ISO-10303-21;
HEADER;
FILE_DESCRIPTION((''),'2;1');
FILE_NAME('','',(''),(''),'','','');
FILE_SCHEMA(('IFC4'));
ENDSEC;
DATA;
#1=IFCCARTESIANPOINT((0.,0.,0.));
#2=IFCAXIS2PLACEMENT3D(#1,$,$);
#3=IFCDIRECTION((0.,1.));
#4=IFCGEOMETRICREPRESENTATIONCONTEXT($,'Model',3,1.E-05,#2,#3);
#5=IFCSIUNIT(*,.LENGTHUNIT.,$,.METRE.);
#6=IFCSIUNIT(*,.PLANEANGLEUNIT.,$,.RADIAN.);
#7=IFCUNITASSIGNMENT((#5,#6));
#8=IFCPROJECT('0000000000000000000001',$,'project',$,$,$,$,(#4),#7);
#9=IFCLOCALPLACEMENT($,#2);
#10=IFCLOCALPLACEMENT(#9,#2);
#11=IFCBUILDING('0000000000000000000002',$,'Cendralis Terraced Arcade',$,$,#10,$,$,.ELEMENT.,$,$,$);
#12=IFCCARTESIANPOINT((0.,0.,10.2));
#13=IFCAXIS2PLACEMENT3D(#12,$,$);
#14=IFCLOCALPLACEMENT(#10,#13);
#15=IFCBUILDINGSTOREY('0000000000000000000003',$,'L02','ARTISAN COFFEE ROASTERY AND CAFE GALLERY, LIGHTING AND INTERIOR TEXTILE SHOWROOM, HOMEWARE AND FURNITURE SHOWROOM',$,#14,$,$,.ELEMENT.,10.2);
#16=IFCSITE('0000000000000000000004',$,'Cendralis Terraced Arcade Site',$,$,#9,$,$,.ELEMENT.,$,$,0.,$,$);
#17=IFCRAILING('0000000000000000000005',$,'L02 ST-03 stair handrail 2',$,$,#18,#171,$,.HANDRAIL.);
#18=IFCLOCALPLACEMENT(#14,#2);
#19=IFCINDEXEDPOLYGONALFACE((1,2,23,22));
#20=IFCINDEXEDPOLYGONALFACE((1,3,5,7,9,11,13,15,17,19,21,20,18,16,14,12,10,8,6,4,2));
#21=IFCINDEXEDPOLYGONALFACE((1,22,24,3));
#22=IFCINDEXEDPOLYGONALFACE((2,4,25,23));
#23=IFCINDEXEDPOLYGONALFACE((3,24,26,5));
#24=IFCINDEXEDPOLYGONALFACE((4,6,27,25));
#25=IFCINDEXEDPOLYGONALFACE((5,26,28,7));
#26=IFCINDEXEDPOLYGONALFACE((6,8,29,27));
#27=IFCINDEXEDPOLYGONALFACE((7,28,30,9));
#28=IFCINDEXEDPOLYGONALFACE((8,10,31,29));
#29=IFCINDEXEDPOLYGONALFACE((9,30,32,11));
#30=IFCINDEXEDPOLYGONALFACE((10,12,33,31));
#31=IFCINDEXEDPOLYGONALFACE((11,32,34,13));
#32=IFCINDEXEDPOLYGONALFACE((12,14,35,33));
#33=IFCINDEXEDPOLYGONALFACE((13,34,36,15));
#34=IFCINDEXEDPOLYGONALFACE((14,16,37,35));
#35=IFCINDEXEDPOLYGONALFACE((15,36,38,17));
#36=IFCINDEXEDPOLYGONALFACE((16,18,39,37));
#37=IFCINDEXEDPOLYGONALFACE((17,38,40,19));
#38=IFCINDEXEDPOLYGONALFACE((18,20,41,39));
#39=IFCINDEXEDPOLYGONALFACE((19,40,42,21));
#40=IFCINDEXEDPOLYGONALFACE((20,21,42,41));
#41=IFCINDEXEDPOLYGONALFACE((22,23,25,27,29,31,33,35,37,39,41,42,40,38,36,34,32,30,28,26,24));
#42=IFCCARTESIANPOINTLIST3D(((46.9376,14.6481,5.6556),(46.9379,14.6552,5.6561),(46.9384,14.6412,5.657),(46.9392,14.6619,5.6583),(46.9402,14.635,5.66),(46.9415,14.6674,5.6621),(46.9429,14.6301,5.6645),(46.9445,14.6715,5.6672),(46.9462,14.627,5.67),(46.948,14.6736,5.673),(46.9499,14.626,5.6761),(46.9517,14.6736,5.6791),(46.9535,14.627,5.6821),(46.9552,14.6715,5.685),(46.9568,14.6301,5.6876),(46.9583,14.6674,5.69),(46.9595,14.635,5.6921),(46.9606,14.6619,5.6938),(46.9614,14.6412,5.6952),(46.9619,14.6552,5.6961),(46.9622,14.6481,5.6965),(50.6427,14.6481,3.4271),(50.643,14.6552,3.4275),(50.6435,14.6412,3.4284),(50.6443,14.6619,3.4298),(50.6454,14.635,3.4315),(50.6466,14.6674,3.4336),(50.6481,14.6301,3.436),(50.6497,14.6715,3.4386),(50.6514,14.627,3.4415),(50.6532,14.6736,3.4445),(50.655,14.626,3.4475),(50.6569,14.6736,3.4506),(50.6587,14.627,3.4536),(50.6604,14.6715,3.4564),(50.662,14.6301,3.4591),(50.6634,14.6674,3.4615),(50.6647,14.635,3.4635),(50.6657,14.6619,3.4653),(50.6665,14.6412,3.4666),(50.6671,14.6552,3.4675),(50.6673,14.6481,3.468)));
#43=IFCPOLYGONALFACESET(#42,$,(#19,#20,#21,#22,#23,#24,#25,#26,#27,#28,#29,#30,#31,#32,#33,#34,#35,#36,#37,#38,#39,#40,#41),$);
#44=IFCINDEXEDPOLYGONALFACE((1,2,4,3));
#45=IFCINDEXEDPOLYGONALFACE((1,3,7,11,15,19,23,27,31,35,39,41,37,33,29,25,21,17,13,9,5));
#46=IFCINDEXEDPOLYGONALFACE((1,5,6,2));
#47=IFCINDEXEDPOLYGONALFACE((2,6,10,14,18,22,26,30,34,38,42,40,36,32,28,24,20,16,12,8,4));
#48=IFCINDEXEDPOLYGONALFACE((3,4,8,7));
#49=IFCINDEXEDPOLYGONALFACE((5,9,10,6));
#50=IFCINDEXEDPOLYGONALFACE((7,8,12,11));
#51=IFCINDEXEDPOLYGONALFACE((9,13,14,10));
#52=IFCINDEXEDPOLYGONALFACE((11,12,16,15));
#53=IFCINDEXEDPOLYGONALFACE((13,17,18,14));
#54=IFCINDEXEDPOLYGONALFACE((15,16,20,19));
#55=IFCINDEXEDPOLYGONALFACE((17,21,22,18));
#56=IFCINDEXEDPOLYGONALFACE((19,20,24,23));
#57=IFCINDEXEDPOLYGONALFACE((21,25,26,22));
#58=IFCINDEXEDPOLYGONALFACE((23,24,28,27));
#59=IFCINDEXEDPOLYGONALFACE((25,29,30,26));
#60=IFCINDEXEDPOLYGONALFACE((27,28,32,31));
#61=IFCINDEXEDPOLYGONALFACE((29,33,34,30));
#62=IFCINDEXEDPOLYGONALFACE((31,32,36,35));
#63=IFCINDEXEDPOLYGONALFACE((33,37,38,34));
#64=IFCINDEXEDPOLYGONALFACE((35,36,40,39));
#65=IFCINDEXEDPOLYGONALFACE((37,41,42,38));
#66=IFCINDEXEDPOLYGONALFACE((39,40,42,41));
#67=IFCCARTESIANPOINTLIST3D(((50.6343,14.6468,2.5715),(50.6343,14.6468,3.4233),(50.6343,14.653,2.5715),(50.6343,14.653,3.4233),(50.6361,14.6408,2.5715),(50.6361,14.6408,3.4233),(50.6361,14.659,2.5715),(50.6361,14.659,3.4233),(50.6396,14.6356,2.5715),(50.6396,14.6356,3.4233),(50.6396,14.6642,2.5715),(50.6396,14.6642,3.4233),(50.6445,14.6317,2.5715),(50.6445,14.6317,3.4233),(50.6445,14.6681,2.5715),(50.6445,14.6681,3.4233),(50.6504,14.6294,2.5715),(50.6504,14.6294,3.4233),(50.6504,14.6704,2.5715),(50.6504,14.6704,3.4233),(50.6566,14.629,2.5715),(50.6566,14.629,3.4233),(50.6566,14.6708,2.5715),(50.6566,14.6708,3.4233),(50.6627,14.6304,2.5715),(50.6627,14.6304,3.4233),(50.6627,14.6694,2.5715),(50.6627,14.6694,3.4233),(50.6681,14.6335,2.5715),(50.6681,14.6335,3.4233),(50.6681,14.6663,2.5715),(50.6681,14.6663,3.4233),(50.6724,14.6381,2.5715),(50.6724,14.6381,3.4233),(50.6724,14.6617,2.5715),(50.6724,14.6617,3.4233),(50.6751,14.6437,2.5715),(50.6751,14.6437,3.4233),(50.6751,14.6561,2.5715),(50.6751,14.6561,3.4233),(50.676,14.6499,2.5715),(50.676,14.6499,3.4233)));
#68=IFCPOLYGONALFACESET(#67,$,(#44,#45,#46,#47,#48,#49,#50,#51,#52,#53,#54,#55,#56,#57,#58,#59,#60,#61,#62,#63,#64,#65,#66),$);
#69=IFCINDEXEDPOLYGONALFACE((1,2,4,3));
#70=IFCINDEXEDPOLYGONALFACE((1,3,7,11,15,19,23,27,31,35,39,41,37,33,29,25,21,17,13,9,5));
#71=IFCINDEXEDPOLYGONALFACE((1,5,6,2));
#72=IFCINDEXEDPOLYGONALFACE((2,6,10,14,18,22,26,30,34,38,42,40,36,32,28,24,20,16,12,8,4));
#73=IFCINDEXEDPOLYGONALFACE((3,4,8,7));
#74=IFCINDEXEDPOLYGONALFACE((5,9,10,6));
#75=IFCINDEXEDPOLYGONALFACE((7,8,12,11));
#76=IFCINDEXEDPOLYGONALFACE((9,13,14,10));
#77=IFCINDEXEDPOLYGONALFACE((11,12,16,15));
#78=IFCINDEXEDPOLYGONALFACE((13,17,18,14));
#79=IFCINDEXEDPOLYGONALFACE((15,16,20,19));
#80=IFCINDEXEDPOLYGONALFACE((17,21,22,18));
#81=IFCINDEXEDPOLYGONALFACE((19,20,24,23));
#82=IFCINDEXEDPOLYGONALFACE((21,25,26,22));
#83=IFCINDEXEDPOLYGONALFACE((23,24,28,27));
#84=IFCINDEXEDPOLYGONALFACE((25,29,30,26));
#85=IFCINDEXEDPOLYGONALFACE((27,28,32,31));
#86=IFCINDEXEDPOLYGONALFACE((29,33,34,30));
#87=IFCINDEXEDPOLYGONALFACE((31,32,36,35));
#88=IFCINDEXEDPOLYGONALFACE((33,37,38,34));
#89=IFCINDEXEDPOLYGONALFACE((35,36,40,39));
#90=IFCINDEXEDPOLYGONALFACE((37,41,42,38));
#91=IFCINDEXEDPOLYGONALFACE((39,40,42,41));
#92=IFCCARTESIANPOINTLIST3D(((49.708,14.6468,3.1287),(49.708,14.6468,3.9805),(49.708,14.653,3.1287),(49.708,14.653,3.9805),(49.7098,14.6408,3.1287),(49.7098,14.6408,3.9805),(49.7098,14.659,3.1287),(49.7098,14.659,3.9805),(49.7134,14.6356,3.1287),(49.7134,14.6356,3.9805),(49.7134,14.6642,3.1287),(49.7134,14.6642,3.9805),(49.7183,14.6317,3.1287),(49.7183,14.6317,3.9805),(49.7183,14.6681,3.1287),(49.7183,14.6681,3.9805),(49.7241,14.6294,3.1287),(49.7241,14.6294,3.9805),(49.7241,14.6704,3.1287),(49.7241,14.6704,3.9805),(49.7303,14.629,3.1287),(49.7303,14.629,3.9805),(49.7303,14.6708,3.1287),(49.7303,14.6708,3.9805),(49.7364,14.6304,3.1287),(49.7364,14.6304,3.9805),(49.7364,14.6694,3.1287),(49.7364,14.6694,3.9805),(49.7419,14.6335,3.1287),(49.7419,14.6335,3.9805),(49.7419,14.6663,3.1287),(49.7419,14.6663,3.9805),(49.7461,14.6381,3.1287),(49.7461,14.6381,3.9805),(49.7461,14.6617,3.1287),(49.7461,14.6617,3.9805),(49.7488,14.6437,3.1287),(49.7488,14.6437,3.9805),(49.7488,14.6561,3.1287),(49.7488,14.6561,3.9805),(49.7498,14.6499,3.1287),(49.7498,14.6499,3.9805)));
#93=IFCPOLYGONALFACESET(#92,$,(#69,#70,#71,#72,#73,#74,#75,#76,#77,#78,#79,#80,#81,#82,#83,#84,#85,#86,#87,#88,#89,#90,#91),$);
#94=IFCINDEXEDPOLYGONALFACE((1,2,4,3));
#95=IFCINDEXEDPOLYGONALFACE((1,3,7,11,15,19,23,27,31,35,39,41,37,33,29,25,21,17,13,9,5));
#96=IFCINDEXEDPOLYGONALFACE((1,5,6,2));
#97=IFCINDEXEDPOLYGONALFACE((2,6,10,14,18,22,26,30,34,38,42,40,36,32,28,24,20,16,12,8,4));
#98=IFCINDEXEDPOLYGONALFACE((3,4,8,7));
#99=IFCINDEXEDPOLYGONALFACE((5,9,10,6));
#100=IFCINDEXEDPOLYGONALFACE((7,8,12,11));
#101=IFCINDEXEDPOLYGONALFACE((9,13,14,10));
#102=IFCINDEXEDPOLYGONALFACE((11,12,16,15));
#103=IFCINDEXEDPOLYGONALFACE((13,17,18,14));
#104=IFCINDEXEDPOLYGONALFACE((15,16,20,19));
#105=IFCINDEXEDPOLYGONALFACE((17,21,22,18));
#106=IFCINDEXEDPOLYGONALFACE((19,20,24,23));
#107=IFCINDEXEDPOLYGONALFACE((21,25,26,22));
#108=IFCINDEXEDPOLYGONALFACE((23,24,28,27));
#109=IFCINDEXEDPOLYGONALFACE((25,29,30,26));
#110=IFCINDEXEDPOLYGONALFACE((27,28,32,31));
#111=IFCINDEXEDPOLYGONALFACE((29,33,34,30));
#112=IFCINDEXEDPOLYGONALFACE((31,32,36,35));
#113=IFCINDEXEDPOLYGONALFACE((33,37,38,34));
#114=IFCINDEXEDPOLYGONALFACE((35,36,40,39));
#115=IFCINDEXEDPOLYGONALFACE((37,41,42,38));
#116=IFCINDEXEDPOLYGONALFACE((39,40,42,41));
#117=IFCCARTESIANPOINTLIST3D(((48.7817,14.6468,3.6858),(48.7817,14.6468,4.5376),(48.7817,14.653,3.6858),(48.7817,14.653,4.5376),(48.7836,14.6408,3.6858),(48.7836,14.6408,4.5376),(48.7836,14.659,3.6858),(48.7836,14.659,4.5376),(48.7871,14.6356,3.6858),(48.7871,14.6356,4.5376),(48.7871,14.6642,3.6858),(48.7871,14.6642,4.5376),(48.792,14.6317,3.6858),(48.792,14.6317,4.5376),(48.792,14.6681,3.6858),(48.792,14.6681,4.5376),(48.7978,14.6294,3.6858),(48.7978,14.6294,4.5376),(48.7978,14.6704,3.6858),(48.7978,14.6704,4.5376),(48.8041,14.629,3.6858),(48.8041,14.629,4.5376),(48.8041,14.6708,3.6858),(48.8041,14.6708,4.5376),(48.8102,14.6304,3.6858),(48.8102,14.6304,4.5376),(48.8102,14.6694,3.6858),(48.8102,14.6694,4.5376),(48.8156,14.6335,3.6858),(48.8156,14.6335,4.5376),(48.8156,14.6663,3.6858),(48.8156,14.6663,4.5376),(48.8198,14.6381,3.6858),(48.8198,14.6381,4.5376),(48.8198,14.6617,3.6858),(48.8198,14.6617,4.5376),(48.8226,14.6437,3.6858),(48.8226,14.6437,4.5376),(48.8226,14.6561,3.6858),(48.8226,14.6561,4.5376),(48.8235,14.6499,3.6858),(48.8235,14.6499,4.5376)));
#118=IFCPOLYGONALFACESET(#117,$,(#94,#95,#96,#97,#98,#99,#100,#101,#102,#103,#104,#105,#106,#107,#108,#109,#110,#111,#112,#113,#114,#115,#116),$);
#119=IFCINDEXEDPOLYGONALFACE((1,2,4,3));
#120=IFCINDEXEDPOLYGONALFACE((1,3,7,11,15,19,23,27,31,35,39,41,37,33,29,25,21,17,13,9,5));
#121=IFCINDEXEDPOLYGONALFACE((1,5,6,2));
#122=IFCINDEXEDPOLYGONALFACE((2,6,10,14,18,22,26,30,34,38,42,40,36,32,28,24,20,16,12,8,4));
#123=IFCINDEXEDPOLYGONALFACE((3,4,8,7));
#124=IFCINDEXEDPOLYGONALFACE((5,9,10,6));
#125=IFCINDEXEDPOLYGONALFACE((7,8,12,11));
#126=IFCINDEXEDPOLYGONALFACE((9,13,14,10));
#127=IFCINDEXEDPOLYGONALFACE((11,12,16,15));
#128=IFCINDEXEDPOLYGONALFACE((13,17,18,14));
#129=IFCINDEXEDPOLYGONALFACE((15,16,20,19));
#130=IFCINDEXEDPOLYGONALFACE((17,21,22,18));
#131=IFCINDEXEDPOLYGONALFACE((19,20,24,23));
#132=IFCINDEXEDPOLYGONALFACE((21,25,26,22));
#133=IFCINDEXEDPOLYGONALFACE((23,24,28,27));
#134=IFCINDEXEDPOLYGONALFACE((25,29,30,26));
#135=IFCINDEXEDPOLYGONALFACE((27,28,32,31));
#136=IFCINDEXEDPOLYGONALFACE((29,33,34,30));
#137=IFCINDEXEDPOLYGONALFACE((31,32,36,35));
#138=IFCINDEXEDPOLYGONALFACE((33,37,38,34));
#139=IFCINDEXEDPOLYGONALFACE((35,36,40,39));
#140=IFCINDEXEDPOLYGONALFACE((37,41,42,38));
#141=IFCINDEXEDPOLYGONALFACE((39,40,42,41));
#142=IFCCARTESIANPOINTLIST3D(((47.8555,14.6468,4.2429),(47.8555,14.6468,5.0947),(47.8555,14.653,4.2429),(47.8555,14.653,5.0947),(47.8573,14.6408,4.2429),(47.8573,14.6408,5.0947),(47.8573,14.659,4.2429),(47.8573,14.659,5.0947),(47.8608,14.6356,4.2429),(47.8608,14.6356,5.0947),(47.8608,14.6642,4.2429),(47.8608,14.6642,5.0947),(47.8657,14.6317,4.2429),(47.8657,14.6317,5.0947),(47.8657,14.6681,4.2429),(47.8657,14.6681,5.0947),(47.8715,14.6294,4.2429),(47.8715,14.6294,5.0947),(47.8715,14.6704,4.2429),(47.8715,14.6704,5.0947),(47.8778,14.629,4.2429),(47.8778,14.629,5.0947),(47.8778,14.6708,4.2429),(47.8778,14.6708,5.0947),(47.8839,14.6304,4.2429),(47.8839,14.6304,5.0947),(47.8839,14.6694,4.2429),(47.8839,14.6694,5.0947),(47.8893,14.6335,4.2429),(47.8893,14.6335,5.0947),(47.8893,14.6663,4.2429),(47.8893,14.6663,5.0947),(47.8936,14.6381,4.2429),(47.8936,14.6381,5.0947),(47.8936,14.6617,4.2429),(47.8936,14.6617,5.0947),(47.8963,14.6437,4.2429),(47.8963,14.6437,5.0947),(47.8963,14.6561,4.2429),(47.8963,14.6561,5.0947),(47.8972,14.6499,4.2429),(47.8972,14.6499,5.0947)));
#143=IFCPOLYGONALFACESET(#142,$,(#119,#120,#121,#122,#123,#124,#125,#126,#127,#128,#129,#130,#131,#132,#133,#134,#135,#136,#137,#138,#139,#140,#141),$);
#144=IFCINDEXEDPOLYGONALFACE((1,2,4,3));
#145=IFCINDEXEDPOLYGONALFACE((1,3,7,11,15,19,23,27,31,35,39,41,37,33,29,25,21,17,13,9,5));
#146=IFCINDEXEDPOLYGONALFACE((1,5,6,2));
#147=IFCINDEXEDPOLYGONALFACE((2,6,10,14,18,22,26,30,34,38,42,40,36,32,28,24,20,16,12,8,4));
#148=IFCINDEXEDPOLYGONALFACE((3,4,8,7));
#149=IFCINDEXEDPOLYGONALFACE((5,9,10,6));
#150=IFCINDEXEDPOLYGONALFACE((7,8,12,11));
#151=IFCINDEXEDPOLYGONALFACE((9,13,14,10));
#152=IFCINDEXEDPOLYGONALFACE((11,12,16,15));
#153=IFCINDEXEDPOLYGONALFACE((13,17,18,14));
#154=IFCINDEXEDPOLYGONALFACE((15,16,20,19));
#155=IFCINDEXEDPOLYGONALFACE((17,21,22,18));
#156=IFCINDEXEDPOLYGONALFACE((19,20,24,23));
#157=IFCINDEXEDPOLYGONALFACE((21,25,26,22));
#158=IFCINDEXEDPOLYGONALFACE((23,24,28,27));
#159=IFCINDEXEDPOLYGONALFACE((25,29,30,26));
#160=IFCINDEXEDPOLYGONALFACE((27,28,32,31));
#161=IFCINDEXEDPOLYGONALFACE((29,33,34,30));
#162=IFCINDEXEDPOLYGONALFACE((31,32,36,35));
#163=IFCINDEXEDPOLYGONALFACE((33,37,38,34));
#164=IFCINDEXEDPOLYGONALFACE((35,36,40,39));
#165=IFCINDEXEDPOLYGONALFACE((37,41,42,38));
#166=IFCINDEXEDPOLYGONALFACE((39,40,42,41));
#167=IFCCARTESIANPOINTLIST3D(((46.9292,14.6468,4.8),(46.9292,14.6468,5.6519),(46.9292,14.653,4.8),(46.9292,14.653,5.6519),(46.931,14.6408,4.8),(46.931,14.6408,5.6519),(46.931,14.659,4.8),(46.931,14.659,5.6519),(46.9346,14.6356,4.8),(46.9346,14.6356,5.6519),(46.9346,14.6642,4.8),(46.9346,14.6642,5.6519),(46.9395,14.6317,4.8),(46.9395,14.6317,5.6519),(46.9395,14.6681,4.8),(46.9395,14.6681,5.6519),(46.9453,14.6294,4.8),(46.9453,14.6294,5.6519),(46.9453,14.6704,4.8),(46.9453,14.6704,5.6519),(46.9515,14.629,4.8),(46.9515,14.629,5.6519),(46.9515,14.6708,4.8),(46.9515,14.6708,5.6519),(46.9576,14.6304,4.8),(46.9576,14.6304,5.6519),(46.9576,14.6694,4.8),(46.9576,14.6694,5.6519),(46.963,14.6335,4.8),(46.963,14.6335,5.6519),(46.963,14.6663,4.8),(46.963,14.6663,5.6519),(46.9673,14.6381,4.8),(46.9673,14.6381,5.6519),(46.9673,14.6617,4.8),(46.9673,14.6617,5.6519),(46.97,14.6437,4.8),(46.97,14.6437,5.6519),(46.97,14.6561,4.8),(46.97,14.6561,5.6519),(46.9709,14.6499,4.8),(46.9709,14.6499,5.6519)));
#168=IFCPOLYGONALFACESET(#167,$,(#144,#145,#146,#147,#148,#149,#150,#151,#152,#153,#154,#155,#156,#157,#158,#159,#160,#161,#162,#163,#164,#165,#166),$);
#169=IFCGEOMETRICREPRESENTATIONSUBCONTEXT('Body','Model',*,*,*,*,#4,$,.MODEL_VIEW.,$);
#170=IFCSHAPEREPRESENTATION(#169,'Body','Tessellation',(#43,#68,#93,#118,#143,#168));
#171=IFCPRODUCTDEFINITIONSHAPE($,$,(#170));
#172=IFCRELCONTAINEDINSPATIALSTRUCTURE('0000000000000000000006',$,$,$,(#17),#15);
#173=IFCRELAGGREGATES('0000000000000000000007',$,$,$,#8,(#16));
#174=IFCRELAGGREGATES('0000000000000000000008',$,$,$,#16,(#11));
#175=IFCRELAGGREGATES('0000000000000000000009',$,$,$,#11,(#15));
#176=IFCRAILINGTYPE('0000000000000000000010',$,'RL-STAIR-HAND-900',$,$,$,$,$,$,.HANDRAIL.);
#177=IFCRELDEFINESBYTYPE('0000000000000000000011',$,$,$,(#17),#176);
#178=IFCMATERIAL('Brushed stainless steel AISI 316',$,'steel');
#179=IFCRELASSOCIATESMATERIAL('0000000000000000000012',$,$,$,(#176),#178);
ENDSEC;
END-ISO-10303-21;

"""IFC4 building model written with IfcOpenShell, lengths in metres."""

from ifc_helpers import new_model, si_unit, direction, frame, origin, origin_2d, place, context, subcontext, project, spatial, circle, extrude, material, type_object, element, save


model = new_model("IFC4")

# Units and contexts
model_context = context("Model", 3, precision=1e-05, world=origin(), true_north=direction((0.0, 1.0)))
body_context = subcontext(model_context, "Body", "Model", "MODEL_VIEW")
ifc_project = project(units=[si_unit("LENGTHUNIT", "METRE"), si_unit("PLANEANGLEUNIT", "RADIAN")], contexts=[model_context])

# Site, building, storey
site_placement = place(None, origin())
site = spatial("IfcSite", under=ifc_project, at=site_placement, Name="Cendralis Terraced Arcade Site", CompositionType="ELEMENT", RefElevation=0.0)
building_placement = place(site_placement, origin())
building = spatial("IfcBuilding", under=site, at=building_placement, Name="Cendralis Terraced Arcade", CompositionType="ELEMENT")
storey_placement = place(building_placement, frame((0.0, 0.0, 10.2)))
storey = spatial("IfcBuildingStorey", under=building, at=storey_placement, Name="L02", Description="ARTISAN COFFEE ROASTERY AND CAFE GALLERY, LIGHTING AND INTERIOR TEXTILE SHOWROOM, HOMEWARE AND FURNITURE SHOWROOM", CompositionType="ELEMENT", Elevation=10.2)

# Railing
ifc_material_1 = material(Name="Brushed stainless steel AISI 316", Category="steel")
railing_type_1 = type_object("IfcRailingType", Name="RL-STAIR-HAND-900", PredefinedType="HANDRAIL", material=ifc_material_1)
railing_1_placement = place(storey_placement, frame((50.655, 14.6499, 2.5715)))
element("IfcRailing", 1, at=railing_1_placement, inside=storey, type_object=railing_type_1, Name="L02 ST-03 stair handrail 2", PredefinedType="HANDRAIL", context=body_context, shape_type="SweptSolid", body=[
    extrude(circle(Radius=0.0239, at=origin_2d()), frame((0.0, 0.0, 0.876), z_axis=(-0.856934, 0.0, 0.515425), x_axis=(0.0, -1.0, 0.0)), (0.0, 0.0, 1.0), 4.3237),
    extrude(circle(Radius=0.021, at=origin_2d()), origin(), (0.0, 0.0, 1.0), 0.8518),
    extrude(circle(Radius=0.021, at=origin_2d()), frame((-0.9263, 0.0, 0.5571)), (0.0, 0.0, 1.0), 0.8518),
    extrude(circle(Radius=0.021, at=origin_2d()), frame((-1.8525, 0.0, 1.1143)), (0.0, 0.0, 1.0), 0.8518),
    extrude(circle(Radius=0.021, at=origin_2d()), frame((-2.7788, 0.0, 1.6714)), (0.0, 0.0, 1.0), 0.8518),
    extrude(circle(Radius=0.021, at=origin_2d()), frame((-3.7051, 0.0, 2.2285)), (0.0, 0.0, 1.0), 0.8518),
])

save(model, "model.ifc")
